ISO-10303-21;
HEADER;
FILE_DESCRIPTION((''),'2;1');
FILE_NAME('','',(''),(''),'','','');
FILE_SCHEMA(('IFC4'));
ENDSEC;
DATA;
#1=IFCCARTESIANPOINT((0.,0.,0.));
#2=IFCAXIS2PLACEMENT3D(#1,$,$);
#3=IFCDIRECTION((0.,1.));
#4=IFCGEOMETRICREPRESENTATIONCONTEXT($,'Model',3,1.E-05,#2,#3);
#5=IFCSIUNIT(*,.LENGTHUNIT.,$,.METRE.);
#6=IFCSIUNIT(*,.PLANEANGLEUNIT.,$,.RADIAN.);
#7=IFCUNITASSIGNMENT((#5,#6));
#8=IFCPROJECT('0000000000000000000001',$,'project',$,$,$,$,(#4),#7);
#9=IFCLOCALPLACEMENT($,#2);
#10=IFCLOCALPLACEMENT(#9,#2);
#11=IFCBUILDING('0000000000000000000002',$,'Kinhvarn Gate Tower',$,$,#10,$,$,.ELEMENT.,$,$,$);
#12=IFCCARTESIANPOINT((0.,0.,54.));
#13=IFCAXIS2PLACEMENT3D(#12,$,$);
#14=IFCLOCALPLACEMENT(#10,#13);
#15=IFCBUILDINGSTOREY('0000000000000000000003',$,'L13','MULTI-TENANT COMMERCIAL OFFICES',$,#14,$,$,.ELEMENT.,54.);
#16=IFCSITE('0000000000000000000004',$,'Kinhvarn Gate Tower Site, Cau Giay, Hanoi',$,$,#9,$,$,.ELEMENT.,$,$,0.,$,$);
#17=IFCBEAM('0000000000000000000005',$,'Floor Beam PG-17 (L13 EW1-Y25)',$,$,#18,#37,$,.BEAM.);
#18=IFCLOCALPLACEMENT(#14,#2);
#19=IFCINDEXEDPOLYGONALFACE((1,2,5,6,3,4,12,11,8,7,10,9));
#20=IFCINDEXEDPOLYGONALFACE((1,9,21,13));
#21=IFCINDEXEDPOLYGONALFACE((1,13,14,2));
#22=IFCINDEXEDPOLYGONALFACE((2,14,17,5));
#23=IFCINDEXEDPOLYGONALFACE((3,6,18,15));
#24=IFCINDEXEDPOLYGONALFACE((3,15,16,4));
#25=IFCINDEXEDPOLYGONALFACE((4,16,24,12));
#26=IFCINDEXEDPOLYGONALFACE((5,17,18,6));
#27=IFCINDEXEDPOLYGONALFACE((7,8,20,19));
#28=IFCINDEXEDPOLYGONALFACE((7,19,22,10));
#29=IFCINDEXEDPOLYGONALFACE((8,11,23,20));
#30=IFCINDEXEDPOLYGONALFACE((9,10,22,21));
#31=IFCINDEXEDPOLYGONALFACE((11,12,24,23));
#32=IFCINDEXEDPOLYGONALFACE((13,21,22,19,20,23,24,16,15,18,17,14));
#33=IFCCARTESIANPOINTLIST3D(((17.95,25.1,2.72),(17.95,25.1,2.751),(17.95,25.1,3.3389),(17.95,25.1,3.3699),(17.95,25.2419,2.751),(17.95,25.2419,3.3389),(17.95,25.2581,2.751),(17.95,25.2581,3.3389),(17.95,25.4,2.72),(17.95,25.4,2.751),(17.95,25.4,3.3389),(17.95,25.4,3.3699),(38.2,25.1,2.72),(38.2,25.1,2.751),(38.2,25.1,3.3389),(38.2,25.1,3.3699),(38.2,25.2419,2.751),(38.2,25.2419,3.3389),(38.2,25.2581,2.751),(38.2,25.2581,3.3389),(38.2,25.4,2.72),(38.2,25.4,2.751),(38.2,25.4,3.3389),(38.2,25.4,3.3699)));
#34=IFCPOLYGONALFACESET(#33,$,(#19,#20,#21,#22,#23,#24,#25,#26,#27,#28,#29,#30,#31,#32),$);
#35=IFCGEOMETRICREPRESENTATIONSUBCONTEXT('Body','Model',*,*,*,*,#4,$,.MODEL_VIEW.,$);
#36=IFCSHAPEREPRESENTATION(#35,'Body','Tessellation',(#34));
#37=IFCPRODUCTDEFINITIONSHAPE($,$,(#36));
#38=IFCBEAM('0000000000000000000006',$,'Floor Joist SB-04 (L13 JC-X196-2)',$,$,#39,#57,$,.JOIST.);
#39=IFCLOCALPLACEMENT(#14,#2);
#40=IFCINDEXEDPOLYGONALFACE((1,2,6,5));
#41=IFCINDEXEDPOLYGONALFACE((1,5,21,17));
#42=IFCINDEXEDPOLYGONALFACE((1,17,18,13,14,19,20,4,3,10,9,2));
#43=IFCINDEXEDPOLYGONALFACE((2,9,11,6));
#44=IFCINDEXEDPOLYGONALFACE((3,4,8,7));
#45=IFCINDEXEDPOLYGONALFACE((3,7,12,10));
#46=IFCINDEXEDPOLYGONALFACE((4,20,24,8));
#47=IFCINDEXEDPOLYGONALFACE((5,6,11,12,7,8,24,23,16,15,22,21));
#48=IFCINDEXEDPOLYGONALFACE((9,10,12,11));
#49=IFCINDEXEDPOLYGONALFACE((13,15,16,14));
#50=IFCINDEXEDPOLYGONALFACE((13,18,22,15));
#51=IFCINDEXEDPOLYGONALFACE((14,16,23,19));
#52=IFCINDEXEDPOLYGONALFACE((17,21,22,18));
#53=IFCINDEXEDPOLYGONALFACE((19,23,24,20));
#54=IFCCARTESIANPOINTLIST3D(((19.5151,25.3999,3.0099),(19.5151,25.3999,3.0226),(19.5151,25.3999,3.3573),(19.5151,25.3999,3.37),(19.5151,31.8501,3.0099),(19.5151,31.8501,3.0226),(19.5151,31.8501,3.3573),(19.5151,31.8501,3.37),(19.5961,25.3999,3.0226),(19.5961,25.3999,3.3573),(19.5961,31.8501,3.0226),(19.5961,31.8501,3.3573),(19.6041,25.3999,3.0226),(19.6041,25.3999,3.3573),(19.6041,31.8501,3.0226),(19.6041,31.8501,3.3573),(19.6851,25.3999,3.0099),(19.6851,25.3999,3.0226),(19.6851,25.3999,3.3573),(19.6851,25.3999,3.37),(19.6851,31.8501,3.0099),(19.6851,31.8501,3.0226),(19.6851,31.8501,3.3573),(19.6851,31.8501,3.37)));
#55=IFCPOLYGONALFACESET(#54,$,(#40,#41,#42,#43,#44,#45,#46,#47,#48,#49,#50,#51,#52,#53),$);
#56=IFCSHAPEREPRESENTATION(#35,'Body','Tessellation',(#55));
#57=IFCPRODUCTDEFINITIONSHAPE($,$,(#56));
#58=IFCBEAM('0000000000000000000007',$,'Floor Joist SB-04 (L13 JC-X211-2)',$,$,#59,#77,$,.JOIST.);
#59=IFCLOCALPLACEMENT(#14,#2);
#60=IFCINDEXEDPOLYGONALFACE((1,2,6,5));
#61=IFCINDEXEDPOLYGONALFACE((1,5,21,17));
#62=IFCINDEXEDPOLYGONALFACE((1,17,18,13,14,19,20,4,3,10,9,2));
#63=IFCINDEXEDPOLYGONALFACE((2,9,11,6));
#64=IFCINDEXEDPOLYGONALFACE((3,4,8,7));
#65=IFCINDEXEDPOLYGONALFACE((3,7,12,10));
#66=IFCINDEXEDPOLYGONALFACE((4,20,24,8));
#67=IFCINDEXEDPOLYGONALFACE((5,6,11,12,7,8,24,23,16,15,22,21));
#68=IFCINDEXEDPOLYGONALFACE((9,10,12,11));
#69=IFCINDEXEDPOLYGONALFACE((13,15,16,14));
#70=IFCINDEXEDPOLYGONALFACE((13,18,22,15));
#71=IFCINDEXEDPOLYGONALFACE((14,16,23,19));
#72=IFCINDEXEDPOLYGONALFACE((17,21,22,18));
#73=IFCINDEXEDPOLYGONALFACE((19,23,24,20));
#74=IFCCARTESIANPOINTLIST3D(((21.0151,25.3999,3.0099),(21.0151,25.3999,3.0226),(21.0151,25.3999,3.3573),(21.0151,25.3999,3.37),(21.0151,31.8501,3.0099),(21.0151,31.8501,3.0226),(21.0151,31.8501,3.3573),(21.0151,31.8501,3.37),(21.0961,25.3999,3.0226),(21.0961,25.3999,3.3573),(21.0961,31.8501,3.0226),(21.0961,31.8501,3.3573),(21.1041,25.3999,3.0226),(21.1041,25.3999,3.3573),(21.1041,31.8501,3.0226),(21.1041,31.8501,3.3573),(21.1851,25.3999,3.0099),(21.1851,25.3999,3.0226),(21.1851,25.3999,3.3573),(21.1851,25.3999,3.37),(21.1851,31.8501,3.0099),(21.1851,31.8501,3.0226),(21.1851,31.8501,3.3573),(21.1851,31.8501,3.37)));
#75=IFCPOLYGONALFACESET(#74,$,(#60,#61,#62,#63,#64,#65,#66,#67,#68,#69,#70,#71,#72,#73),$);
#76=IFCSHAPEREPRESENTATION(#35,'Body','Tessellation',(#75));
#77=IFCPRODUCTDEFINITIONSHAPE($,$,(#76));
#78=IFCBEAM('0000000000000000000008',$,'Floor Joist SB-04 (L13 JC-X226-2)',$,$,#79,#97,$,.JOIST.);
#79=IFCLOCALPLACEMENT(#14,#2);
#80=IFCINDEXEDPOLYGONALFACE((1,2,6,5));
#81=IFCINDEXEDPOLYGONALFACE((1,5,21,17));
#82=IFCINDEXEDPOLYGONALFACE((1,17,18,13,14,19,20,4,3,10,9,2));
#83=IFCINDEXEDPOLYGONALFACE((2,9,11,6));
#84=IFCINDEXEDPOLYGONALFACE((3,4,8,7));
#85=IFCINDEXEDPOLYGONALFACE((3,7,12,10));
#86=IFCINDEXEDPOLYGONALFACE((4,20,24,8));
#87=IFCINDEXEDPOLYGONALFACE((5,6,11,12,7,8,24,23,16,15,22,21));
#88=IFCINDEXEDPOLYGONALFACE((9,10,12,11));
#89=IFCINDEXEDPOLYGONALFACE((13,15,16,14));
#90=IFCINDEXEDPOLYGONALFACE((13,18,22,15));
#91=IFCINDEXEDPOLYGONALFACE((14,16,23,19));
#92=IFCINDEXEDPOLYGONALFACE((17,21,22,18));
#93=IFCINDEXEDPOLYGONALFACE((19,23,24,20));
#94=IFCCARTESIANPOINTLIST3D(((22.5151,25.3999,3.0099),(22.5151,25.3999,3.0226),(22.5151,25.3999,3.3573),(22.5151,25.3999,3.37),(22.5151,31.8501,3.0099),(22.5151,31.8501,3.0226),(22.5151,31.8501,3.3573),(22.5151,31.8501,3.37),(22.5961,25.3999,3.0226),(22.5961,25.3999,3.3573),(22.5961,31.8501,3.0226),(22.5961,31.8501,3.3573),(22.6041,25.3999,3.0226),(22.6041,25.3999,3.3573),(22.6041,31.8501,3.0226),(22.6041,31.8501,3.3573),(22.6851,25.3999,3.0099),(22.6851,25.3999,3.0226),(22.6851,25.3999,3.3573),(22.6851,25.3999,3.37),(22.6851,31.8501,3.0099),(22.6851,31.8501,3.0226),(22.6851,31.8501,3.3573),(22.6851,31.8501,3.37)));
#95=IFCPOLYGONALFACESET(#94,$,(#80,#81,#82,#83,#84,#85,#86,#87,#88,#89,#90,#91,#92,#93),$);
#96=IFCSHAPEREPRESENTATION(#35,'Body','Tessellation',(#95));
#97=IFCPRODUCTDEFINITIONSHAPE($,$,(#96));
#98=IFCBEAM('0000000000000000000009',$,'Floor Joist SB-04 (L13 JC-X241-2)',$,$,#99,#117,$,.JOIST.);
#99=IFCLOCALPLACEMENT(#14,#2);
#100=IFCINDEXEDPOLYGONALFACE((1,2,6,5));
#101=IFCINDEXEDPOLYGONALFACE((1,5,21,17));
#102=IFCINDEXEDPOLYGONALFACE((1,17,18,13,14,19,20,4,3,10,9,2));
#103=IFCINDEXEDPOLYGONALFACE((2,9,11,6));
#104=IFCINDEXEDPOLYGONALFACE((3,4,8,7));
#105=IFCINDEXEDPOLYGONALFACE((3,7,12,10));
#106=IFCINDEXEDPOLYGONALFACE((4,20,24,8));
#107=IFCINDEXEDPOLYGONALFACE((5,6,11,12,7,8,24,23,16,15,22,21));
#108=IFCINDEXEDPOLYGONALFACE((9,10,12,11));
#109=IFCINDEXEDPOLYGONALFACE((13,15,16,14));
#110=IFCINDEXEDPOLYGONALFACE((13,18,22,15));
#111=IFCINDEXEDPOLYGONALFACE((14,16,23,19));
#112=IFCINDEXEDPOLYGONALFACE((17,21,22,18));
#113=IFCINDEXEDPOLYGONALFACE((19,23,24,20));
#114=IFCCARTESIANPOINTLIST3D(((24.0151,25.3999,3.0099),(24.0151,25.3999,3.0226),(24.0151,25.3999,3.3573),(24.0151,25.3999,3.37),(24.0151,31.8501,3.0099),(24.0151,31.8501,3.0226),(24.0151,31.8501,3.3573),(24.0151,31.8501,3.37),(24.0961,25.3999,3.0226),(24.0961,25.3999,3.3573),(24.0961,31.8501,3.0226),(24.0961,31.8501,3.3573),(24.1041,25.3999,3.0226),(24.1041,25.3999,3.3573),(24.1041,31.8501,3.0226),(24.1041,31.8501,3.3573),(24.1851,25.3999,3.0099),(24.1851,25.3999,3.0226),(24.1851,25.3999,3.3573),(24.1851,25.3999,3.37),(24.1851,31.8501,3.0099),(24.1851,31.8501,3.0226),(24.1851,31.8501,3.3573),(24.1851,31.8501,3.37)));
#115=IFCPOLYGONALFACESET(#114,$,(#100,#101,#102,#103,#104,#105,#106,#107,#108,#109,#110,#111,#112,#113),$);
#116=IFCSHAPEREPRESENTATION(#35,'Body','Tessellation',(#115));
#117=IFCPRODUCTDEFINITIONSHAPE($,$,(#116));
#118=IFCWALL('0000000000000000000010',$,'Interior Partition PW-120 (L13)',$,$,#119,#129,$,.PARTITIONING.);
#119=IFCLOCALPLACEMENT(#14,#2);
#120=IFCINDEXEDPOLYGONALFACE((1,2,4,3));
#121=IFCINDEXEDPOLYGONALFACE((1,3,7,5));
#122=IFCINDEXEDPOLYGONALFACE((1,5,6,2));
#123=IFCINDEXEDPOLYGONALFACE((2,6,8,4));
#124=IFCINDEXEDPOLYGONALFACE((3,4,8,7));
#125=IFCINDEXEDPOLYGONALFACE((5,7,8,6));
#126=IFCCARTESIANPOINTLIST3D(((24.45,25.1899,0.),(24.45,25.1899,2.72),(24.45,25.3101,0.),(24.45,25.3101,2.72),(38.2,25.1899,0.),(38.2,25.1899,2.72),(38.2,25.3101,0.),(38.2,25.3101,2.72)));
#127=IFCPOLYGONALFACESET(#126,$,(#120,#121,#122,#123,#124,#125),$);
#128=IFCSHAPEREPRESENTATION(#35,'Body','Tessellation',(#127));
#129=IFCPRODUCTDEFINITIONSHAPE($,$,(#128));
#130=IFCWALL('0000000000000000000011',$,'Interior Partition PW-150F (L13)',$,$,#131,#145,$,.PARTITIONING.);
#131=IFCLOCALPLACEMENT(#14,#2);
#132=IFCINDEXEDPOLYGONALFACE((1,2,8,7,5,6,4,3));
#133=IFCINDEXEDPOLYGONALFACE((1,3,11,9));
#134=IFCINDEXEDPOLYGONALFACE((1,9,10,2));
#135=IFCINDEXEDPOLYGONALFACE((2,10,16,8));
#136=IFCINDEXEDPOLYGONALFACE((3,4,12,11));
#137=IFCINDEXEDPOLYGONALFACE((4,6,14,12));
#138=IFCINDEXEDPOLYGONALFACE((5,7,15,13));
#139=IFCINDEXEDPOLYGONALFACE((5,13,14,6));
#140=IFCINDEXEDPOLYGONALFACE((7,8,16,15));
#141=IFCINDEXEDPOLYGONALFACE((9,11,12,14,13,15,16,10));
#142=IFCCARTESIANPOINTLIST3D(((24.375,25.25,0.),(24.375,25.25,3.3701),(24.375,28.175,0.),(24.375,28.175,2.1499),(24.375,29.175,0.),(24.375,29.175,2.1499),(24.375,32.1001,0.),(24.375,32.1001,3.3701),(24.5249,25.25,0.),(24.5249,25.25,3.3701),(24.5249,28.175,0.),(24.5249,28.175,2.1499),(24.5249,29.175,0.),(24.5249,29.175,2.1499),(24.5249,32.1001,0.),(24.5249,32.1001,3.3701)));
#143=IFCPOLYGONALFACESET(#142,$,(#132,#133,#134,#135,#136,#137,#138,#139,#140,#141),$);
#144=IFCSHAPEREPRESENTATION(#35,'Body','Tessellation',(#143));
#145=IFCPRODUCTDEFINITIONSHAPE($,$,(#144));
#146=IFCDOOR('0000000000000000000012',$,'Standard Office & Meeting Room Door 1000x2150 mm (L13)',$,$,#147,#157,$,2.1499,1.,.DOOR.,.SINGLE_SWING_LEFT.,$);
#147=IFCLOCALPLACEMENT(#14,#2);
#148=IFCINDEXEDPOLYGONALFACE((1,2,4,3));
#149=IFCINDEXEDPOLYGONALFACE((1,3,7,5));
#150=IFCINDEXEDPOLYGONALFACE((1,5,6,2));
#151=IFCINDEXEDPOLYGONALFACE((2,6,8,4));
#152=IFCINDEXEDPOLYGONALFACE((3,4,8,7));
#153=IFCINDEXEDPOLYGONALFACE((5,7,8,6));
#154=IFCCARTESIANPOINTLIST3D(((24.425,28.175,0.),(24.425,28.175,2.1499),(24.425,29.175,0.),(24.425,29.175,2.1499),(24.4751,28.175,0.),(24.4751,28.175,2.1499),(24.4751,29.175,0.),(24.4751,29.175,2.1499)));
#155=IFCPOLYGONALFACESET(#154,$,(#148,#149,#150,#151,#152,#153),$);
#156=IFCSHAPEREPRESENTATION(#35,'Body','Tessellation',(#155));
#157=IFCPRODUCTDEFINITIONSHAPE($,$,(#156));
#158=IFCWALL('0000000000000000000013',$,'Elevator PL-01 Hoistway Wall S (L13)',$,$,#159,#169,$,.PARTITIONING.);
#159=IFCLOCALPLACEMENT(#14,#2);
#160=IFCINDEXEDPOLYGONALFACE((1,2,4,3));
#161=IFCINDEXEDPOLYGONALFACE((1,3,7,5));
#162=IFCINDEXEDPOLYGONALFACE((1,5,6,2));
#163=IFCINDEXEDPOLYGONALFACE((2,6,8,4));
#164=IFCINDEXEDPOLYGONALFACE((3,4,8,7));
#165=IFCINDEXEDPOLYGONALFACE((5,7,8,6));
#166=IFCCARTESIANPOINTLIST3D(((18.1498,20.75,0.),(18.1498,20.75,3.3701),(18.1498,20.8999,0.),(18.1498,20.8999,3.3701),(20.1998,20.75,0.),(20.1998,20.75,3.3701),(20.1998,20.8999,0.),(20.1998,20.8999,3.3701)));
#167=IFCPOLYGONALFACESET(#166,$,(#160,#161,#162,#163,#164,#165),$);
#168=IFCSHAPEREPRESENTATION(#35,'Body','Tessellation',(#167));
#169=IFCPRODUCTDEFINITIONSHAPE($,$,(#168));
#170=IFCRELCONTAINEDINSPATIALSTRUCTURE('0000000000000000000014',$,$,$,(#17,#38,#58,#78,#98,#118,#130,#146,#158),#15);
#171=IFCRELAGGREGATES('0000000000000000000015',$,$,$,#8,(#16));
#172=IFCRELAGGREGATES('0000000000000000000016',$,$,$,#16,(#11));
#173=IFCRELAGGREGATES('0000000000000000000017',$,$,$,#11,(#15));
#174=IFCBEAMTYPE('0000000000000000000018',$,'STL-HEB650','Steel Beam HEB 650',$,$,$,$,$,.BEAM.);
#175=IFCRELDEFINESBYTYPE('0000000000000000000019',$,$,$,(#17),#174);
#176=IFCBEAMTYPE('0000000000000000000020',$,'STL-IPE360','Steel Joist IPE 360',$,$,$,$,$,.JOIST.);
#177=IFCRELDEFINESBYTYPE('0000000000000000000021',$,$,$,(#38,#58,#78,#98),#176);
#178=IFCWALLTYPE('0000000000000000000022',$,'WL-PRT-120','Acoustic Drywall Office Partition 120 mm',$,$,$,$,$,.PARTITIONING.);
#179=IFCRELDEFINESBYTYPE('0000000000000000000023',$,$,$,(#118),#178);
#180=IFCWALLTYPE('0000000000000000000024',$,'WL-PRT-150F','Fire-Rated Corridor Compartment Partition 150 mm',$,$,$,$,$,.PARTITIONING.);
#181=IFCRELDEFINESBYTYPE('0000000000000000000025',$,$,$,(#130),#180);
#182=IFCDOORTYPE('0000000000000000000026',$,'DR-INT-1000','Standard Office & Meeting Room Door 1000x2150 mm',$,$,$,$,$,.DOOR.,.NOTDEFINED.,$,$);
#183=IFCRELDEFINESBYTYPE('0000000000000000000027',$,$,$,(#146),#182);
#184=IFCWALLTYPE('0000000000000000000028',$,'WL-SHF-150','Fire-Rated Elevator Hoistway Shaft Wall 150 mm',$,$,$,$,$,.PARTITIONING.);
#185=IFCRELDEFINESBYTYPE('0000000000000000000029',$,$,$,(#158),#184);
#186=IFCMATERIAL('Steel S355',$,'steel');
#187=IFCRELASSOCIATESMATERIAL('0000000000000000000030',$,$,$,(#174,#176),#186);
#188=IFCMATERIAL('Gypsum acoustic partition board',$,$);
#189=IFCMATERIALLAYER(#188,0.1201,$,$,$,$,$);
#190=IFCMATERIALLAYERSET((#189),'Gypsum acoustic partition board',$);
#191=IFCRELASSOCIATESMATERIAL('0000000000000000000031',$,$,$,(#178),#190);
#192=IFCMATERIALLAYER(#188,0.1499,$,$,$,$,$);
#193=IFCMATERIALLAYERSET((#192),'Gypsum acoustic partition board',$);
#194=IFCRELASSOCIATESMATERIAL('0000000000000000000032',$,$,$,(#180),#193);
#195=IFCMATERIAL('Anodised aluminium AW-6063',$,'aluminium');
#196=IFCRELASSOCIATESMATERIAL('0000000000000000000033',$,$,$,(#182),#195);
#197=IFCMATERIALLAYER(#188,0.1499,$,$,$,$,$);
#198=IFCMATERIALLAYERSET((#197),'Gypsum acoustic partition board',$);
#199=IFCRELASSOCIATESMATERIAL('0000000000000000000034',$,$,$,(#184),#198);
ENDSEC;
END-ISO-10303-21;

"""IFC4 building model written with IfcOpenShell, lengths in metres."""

from ifc_helpers import new_model, si_unit, direction, frame, frame_2d, origin, origin_2d, place, context, subcontext, project, spatial, rectangle, i_section, extrude, material, layer, layer_set, material_profile, profile_set, type_object, element, fill, save


model = new_model("IFC4")

# Units and contexts
model_context = context("Model", 3, precision=1e-05, world=origin(), true_north=direction((0.0, 1.0)))
body_context = subcontext(model_context, "Body", "Model", "MODEL_VIEW")
ifc_project = project(units=[si_unit("LENGTHUNIT", "METRE"), si_unit("PLANEANGLEUNIT", "RADIAN")], contexts=[model_context])

# Site, building, storey
site_placement = place(None, origin())
site = spatial("IfcSite", under=ifc_project, at=site_placement, Name="Kinhvarn Gate Tower Site, Cau Giay, Hanoi", CompositionType="ELEMENT", RefElevation=0.0)
building_placement = place(site_placement, origin())
building = spatial("IfcBuilding", under=site, at=building_placement, Name="Kinhvarn Gate Tower", CompositionType="ELEMENT")
storey_placement = place(building_placement, frame((0.0, 0.0, 54.0)))
storey = spatial("IfcBuildingStorey", under=building, at=storey_placement, Name="L13", Description="MULTI-TENANT COMMERCIAL OFFICES", CompositionType="ELEMENT", Elevation=54.0)

# Beams
ifc_material_1 = material(Name="Steel S355", Category="steel")
ifc_material_profile_1 = material_profile(ifc_material_1, i_section(OverallWidth=0.3, OverallDepth=0.6499, WebThickness=0.0161, FlangeThickness=0.031, at=origin_2d()), Name="HEB 650")
ifc_profile_set_1 = profile_set([ifc_material_profile_1], Name="Steel S355")
beam_type_1 = type_object("IfcBeamType", Name="STL-HEB650", Description="Steel Beam HEB 650", PredefinedType="BEAM", material=ifc_profile_set_1)
beam_placement = place(storey_placement, frame((17.95, 25.25, 3.0449), z_axis=(1.0, 0.0, 0.0), x_axis=(0.0, 1.0, 0.0)))
element("IfcBeam", 1, at=beam_placement, inside=storey, type_object=beam_type_1, Name="Floor Beam PG-17 (L13 EW1-Y25)", PredefinedType="BEAM", context=body_context, shape_type="SweptSolid", body=[
    extrude(i_section(OverallWidth=0.3, OverallDepth=0.6499, WebThickness=0.0161, FlangeThickness=0.031, at=origin_2d()), origin(), (0.0, 0.0, 1.0), 20.25),
])
ifc_material_profile_2 = material_profile(ifc_material_1, i_section(OverallWidth=0.1699, OverallDepth=0.3601, WebThickness=0.0081, FlangeThickness=0.0127, at=origin_2d()), Name="IPE 360")
ifc_profile_set_2 = profile_set([ifc_material_profile_2], Name="Steel S355")
beam_type_2 = type_object("IfcBeamType", Name="STL-IPE360", Description="Steel Joist IPE 360", PredefinedType="JOIST", material=ifc_profile_set_2)
for number, where, z_axis, x_axis, name in (
    (2, (19.6001, 25.3999, 3.1899), (0.0, 1.0, 0.0), (-1.0, 0.0, 0.0), "Floor Joist SB-04 (L13 JC-X196-2)"),
    (3, (21.1001, 25.3999, 3.1899), (0.0, 1.0, 0.0), (-1.0, 0.0, 0.0), "Floor Joist SB-04 (L13 JC-X211-2)"),
    (4, (22.6001, 25.3999, 3.1899), (0.0, 1.0, 0.0), (-1.0, 0.0, 0.0), "Floor Joist SB-04 (L13 JC-X226-2)"),
    (5, (24.1001, 25.3999, 3.1899), (0.0, 1.0, 0.0), (-1.0, 0.0, 0.0), "Floor Joist SB-04 (L13 JC-X241-2)"),
):
    element("IfcBeam", number, at=place(storey_placement, frame(where, z_axis=z_axis, x_axis=x_axis)), inside=storey, type_object=beam_type_2, Name=name, PredefinedType="JOIST", context=body_context, shape_type="SweptSolid", body=[
        extrude(i_section(OverallWidth=0.1699, OverallDepth=0.3601, WebThickness=0.0081, FlangeThickness=0.0127, at=origin_2d()), origin(), (0.0, 0.0, 1.0), 6.4502),
    ])

# Wall
ifc_material_2 = material(Name="Gypsum acoustic partition board")
ifc_layer_1 = layer(ifc_material_2, 0.1201)
ifc_layer_set_1 = layer_set([ifc_layer_1], Name="Gypsum acoustic partition board")
wall_type_1 = type_object("IfcWallType", Name="WL-PRT-120", Description="Acoustic Drywall Office Partition 120 mm", PredefinedType="PARTITIONING", material=ifc_layer_set_1)
wall_1_placement = place(storey_placement, frame((24.45, 25.25, 0.0), z_axis=(0.0, 0.0, 1.0), x_axis=(1.0, 0.0, 0.0)))
element("IfcWall", 6, at=wall_1_placement, inside=storey, type_object=wall_type_1, Name="Interior Partition PW-120 (L13)", PredefinedType="PARTITIONING", context=body_context, shape_type="SweptSolid", body=[
    extrude(rectangle(XDim=13.75, YDim=0.1201, at=frame_2d((6.875, 0.0))), origin(), (0.0, 0.0, 1.0), 2.72),
])

# Wall, opening, door
ifc_layer_2 = layer(ifc_material_2, 0.1499)
ifc_layer_set_2 = layer_set([ifc_layer_2], Name="Gypsum acoustic partition board")
wall_type_2 = type_object("IfcWallType", Name="WL-PRT-150F", Description="Fire-Rated Corridor Compartment Partition 150 mm", PredefinedType="PARTITIONING", material=ifc_layer_set_2)
wall_2_placement = place(storey_placement, frame((24.45, 25.25, 0.0), z_axis=(0.0, 0.0, 1.0), x_axis=(0.0, 1.0, 0.0)))
wall_2 = element("IfcWall", 7, at=wall_2_placement, inside=storey, type_object=wall_type_2, Name="Interior Partition PW-150F (L13)", PredefinedType="PARTITIONING", context=body_context, shape_type="SweptSolid", body=[
    extrude(rectangle(XDim=6.8501, YDim=0.1499, at=frame_2d((3.425, 0.0))), origin(), (0.0, 0.0, 1.0), 3.3701),
])
opening_1_placement = place(wall_2_placement, frame((2.925, 0.0, 0.0)))
opening_1 = element("IfcOpeningElement", 8, at=opening_1_placement, cuts=wall_2, PredefinedType="OPENING", context=body_context, shape_type="SweptSolid", body=[
    extrude(rectangle(XDim=1.0, YDim=2.1499, at=frame_2d((0.5, 1.075))), frame((0.0, 0.085, 0.0), z_axis=(0.0, -1.0, 0.0), x_axis=(1.0, 0.0, 0.0)), (0.0, 0.0, 1.0), 0.1699),
])
ifc_material_3 = material(Name="Anodised aluminium AW-6063", Category="aluminium")
door_type_1 = type_object("IfcDoorType", Name="DR-INT-1000", Description="Standard Office & Meeting Room Door 1000x2150 mm", OperationType="NOTDEFINED", PredefinedType="DOOR", material=ifc_material_3)
door_1_placement = place(opening_1_placement, origin())
door_1 = element("IfcDoor", 9, at=door_1_placement, inside=storey, type_object=door_type_1, Name="Standard Office & Meeting Room Door 1000x2150 mm (L13)", OperationType="SINGLE_SWING_LEFT", OverallHeight=2.1499, OverallWidth=1.0, PredefinedType="DOOR", context=body_context, shape_type="SweptSolid", body=[
    extrude(rectangle(XDim=1.0, YDim=2.1499, at=frame_2d((0.5, 1.075))), frame((0.0, 0.0249, 0.0), z_axis=(0.0, -1.0, 0.0), x_axis=(1.0, 0.0, 0.0)), (0.0, 0.0, 1.0), 0.05),
])
fill(opening_1, door_1)

# Wall
ifc_layer_3 = layer(ifc_material_2, 0.1499)
ifc_layer_set_3 = layer_set([ifc_layer_3], Name="Gypsum acoustic partition board")
wall_type_3 = type_object("IfcWallType", Name="WL-SHF-150", Description="Fire-Rated Elevator Hoistway Shaft Wall 150 mm", PredefinedType="PARTITIONING", material=ifc_layer_set_3)
wall_3_placement = place(storey_placement, frame((18.1499, 20.825, 0.0), z_axis=(0.0, 0.0, 1.0), x_axis=(1.0, 0.0, 0.0)))
element("IfcWall", 10, at=wall_3_placement, inside=storey, type_object=wall_type_3, Name="Elevator PL-01 Hoistway Wall S (L13)", PredefinedType="PARTITIONING", context=body_context, shape_type="SweptSolid", body=[
    extrude(rectangle(XDim=2.05, YDim=0.1499, at=frame_2d((1.0249, 0.0))), origin(), (0.0, 0.0, 1.0), 3.3701),
])

save(model, "model.ifc")
